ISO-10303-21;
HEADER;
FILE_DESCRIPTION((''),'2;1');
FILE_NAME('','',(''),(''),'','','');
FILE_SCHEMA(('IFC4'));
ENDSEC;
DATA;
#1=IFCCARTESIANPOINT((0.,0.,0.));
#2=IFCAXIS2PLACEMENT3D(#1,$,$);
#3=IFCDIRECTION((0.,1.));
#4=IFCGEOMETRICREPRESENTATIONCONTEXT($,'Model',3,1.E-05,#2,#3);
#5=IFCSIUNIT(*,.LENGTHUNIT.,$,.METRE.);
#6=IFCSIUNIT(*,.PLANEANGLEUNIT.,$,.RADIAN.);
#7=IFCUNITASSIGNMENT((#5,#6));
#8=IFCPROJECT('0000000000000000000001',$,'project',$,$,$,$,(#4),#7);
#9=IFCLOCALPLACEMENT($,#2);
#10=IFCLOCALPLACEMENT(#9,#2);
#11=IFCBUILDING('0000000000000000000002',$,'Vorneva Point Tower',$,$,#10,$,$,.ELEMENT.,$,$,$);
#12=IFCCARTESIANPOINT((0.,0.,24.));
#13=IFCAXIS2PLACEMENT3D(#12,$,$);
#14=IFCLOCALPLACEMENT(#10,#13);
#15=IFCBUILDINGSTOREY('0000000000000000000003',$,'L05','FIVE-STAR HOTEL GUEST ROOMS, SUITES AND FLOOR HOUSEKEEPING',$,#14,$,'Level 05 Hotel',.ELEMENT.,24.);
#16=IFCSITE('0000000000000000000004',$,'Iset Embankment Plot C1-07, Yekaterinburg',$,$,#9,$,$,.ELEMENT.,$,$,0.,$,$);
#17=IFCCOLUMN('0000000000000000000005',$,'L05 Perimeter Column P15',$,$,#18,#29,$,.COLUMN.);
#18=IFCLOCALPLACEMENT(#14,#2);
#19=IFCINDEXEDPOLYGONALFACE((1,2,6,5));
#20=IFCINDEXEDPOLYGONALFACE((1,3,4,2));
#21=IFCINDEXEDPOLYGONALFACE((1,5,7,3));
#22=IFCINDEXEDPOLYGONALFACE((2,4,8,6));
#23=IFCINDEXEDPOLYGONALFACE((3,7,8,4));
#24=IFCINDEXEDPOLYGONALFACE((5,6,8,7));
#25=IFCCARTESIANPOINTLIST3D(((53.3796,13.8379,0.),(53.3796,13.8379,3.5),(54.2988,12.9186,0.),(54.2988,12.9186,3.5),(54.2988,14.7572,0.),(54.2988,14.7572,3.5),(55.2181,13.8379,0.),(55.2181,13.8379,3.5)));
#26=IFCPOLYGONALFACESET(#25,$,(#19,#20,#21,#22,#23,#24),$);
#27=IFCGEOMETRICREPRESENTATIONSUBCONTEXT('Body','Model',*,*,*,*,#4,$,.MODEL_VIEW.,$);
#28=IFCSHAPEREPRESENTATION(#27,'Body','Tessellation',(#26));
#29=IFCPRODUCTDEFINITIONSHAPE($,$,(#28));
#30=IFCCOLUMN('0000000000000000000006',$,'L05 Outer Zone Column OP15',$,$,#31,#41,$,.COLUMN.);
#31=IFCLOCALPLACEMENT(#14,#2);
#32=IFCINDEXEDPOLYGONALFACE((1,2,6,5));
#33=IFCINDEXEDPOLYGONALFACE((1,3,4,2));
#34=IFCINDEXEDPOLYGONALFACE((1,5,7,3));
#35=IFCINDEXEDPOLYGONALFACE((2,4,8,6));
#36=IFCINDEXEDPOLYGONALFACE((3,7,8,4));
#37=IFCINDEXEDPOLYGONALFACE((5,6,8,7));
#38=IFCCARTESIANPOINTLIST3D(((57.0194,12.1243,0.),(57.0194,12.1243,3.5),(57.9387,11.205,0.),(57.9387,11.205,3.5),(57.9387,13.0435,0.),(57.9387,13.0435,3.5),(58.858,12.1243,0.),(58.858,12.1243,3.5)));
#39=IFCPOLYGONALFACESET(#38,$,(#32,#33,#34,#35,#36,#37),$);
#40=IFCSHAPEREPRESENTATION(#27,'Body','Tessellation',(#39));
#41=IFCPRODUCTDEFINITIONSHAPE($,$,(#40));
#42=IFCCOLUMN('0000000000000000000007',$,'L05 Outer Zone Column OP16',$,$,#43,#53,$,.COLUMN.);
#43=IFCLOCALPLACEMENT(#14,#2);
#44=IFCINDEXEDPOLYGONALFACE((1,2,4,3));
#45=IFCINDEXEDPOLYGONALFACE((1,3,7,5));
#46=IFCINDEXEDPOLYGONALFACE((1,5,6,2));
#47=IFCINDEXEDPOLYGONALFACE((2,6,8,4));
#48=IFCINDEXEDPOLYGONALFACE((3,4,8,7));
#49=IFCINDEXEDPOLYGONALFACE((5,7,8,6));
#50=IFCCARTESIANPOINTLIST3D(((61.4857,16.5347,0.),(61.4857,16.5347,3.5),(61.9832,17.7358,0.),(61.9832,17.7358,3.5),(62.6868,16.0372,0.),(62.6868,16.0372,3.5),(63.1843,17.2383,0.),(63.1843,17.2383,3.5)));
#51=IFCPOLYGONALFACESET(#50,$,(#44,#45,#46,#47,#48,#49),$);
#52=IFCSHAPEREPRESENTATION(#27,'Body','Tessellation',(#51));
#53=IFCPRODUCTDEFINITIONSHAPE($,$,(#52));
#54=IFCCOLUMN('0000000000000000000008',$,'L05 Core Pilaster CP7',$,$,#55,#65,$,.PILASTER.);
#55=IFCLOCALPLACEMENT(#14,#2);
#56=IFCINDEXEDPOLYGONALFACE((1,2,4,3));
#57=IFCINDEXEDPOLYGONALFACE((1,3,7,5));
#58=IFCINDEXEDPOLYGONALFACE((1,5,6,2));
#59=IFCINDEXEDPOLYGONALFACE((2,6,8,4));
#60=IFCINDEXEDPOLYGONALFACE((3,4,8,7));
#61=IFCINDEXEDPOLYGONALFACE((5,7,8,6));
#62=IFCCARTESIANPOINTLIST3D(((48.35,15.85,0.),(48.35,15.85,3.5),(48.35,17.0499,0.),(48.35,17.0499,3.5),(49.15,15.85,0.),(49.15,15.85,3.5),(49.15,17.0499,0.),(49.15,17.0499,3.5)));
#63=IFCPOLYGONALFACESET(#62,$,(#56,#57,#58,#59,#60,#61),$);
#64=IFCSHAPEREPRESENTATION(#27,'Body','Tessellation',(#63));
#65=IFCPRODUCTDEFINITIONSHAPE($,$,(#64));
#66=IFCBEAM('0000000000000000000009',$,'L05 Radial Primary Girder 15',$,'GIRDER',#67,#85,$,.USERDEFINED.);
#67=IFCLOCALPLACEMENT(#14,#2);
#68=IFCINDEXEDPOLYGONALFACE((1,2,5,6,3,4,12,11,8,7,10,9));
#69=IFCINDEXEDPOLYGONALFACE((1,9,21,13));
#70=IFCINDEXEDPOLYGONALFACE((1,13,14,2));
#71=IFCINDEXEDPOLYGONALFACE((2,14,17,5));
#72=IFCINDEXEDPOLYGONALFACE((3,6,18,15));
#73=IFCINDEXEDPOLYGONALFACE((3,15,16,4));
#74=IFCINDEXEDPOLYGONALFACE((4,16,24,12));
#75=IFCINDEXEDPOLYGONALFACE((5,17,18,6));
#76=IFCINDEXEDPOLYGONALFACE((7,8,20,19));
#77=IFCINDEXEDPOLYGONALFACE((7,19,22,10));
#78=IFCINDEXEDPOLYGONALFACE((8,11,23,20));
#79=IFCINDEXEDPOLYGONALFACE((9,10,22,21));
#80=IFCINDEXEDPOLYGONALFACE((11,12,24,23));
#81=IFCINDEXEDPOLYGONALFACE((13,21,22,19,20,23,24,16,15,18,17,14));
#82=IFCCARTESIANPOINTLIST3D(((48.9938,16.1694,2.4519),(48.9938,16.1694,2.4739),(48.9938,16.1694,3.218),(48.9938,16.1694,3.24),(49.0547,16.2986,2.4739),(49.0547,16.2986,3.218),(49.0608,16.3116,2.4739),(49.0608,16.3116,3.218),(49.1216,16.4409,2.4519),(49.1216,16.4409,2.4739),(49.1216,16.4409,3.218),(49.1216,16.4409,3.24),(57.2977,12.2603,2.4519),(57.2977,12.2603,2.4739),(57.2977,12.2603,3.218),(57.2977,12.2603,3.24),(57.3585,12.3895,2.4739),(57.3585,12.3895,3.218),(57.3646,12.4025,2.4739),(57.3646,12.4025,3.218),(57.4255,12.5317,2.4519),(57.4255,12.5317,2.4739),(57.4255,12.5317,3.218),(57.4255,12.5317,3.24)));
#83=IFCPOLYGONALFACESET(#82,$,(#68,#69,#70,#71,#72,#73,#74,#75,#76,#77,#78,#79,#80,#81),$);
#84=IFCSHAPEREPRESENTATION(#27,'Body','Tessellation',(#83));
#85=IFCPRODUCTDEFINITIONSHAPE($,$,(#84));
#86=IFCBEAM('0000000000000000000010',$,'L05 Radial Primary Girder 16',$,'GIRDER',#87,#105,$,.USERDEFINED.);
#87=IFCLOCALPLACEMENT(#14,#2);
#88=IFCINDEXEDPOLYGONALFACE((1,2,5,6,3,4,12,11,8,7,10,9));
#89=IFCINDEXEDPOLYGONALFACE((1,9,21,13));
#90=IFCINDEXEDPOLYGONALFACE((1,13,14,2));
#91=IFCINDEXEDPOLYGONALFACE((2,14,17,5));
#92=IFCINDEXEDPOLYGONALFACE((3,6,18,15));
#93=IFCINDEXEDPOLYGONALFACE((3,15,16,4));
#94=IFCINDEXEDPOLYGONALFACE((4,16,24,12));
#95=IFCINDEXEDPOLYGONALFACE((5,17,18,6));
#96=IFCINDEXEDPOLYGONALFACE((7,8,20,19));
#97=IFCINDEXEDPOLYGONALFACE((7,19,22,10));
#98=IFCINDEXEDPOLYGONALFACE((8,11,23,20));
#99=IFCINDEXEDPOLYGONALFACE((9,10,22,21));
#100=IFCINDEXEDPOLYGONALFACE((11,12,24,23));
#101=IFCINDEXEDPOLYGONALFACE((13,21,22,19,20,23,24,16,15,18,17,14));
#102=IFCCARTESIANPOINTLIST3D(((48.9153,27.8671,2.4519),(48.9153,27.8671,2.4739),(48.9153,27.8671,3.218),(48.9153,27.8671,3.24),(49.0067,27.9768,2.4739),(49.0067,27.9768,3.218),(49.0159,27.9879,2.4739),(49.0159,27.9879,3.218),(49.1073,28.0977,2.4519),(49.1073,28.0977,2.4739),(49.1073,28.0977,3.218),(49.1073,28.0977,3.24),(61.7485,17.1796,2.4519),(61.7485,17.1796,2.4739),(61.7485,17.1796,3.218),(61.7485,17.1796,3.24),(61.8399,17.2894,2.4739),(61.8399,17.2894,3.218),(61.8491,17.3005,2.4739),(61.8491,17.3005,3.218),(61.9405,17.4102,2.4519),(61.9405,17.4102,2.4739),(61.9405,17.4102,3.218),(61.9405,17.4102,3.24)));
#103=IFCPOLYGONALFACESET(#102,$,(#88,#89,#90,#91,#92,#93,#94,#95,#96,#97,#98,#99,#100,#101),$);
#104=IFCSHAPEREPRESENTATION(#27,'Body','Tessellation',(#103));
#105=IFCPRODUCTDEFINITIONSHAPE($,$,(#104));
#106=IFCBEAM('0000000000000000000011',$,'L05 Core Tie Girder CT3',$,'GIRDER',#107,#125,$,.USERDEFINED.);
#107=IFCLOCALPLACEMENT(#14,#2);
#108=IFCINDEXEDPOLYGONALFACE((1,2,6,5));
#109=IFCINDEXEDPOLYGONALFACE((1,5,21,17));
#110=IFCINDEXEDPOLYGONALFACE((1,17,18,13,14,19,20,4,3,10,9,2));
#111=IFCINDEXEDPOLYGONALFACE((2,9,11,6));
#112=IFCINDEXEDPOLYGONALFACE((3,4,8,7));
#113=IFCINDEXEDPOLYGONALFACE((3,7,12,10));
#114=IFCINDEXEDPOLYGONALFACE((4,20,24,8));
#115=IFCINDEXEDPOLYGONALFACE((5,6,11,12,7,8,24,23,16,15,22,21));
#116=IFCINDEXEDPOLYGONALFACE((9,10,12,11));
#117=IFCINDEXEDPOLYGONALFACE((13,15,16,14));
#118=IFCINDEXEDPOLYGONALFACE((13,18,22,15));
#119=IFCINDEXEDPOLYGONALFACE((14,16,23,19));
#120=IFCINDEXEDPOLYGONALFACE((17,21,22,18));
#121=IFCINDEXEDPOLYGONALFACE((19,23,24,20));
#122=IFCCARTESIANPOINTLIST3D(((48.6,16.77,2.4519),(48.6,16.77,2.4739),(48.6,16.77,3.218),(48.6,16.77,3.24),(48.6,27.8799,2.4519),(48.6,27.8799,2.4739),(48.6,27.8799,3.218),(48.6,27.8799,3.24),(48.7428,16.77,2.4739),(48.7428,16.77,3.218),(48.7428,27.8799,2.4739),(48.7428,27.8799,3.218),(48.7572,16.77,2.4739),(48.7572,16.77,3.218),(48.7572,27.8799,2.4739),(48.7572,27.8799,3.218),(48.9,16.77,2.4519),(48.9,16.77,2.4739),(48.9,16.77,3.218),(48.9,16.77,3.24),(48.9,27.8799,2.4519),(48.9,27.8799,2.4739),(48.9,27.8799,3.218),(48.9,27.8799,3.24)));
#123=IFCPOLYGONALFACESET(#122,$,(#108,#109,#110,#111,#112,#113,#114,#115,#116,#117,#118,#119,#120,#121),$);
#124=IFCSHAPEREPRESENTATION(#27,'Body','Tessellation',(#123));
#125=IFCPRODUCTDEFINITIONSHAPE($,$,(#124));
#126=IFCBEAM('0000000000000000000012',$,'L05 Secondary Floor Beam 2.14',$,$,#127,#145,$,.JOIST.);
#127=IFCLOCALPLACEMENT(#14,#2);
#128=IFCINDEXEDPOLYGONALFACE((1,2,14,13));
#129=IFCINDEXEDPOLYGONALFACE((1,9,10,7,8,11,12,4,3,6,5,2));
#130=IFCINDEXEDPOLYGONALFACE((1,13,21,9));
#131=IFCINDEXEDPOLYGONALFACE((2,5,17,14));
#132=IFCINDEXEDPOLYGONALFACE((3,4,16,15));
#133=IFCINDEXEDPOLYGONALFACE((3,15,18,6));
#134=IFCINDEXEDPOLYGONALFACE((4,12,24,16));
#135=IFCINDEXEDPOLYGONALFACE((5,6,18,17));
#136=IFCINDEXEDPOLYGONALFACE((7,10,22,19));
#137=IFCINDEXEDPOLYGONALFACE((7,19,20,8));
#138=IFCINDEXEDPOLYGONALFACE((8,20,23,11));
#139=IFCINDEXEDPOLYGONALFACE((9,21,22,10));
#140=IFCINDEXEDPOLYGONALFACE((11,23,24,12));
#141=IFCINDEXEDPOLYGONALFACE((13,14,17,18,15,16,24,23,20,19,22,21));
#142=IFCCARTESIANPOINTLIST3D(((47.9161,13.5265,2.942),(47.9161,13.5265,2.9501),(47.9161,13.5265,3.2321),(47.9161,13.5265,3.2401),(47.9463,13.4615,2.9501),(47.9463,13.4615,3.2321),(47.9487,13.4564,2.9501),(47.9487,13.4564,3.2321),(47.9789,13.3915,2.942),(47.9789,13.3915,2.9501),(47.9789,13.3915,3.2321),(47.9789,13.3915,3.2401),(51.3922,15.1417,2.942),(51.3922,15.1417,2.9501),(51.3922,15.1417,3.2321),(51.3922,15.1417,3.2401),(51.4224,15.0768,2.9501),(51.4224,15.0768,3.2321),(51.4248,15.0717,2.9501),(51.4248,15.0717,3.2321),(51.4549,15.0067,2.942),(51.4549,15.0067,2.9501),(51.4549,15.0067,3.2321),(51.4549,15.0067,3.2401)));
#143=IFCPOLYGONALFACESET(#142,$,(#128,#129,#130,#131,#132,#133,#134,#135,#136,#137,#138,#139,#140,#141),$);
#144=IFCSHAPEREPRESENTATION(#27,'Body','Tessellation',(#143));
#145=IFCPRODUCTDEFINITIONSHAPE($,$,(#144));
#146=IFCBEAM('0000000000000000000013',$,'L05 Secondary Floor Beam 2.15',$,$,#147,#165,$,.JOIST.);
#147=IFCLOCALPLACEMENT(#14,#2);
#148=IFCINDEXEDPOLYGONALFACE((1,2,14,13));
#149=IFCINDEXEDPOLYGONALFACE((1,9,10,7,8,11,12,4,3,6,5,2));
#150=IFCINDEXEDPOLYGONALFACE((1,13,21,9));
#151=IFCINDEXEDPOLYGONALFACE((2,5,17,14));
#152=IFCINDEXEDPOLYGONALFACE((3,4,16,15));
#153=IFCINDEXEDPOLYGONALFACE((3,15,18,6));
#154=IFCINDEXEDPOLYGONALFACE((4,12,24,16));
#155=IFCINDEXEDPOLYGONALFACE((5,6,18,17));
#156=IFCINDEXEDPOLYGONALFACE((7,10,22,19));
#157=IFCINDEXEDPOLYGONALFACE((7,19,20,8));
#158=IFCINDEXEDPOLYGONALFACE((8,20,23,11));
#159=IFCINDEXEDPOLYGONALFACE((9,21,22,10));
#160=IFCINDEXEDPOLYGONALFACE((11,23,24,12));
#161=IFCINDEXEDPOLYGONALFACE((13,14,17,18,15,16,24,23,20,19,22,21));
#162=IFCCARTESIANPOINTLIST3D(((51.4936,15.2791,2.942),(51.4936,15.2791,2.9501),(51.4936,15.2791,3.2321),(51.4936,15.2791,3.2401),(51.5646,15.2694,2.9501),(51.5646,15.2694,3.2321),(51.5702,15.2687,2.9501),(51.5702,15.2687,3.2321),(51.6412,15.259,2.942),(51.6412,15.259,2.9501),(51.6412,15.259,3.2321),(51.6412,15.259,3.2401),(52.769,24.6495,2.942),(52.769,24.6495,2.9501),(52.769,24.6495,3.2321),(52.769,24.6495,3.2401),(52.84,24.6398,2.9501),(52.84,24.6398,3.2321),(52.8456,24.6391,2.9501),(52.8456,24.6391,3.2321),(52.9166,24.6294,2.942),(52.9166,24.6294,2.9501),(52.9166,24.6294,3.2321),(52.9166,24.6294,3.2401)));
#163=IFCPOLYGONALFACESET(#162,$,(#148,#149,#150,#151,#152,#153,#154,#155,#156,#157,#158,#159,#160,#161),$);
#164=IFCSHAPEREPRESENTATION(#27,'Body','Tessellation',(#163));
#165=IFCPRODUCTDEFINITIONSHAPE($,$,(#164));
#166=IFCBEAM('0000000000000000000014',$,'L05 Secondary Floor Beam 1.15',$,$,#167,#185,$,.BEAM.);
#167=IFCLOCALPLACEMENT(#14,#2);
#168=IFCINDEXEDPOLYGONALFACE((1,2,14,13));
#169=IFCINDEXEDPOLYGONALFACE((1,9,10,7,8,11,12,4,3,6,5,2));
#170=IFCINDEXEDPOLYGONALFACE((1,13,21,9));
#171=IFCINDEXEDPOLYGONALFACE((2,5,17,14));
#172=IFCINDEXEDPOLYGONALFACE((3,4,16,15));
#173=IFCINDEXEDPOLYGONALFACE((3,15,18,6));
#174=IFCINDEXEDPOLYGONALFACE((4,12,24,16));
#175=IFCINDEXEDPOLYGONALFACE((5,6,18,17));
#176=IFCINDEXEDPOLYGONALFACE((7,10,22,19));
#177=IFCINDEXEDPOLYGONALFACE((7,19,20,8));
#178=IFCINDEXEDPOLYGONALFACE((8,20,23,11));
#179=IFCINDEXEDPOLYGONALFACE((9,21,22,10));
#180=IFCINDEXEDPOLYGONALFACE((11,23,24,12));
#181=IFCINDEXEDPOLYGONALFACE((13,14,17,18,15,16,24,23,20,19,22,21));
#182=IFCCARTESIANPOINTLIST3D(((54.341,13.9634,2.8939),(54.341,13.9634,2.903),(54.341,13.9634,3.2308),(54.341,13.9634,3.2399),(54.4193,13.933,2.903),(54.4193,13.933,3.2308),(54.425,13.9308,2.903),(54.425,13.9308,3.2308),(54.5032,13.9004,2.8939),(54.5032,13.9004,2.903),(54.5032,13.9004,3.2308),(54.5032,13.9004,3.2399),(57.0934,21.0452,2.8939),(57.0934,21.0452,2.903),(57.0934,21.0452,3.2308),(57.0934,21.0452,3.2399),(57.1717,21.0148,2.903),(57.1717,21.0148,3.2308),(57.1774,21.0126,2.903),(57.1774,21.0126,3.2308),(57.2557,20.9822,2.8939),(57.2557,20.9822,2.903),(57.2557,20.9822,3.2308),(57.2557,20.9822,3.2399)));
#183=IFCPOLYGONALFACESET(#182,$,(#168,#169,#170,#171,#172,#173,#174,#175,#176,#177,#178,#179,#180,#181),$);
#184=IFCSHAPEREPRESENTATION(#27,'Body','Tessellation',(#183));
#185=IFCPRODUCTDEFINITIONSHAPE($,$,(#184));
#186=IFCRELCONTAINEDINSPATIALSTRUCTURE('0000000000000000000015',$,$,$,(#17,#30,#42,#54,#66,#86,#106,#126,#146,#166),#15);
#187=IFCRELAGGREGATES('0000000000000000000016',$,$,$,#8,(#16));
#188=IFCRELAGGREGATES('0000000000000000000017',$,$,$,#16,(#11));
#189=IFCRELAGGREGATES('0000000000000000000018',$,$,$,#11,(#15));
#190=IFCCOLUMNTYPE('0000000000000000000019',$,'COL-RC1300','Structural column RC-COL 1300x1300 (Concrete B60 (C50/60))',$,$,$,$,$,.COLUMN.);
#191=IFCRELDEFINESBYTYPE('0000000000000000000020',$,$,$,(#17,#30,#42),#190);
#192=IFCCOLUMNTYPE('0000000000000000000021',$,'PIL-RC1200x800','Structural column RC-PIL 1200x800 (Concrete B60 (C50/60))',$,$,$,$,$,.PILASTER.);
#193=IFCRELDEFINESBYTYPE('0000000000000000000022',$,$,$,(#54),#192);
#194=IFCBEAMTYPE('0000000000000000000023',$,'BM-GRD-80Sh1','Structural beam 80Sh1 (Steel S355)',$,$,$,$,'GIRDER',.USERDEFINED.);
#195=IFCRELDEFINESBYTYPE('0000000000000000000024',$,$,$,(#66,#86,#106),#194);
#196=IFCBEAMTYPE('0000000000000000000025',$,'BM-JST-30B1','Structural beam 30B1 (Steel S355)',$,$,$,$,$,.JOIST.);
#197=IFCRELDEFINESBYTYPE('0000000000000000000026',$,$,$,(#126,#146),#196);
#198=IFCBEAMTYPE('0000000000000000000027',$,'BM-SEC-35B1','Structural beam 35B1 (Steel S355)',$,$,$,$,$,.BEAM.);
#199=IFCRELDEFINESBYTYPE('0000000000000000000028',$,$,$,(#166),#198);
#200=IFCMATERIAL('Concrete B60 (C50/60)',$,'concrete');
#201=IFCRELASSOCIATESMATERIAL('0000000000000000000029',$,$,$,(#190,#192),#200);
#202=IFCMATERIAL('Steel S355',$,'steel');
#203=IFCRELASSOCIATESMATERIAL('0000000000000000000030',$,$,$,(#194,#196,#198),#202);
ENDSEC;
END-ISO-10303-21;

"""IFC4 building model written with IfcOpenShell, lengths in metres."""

from ifc_helpers import new_model, si_unit, direction, frame, origin, origin_2d, place, context, subcontext, project, spatial, rectangle, i_section, extrude, material, material_profile, profile_set, type_object, element, save


model = new_model("IFC4")

# Units and contexts
model_context = context("Model", 3, precision=1e-05, world=origin(), true_north=direction((0.0, 1.0)))
body_context = subcontext(model_context, "Body", "Model", "MODEL_VIEW")
ifc_project = project(units=[si_unit("LENGTHUNIT", "METRE"), si_unit("PLANEANGLEUNIT", "RADIAN")], contexts=[model_context])

# Site, building, storey
site_placement = place(None, origin())
site = spatial("IfcSite", under=ifc_project, at=site_placement, Name="Iset Embankment Plot C1-07, Yekaterinburg", CompositionType="ELEMENT", RefElevation=0.0)
building_placement = place(site_placement, origin())
building = spatial("IfcBuilding", under=site, at=building_placement, Name="Vorneva Point Tower", CompositionType="ELEMENT")
storey_placement = place(building_placement, frame((0.0, 0.0, 24.0)))
storey = spatial("IfcBuildingStorey", under=building, at=storey_placement, Name="L05", Description="FIVE-STAR HOTEL GUEST ROOMS, SUITES AND FLOOR HOUSEKEEPING", LongName="Level 05 Hotel", CompositionType="ELEMENT", Elevation=24.0)

# Columns
ifc_material_1 = material(Name="Concrete B60 (C50/60)", Category="concrete")
ifc_material_profile_1 = material_profile(ifc_material_1, rectangle(XDim=1.3, YDim=1.3, at=origin_2d()), Name="RC-COL 1300x1300")
ifc_profile_set_1 = profile_set([ifc_material_profile_1], Name="Concrete B60 (C50/60)")
column_type_1 = type_object("IfcColumnType", Name="COL-RC1300", Description="Structural column RC-COL 1300x1300 (Concrete B60 (C50/60))", PredefinedType="COLUMN", material=ifc_profile_set_1)
for number, where, z_axis, x_axis, name in (
    (1, (54.2988, 13.8379, 0.0), (0.0, 0.0, 1.0), (0.707107, -0.707107, 0.0), "L05 Perimeter Column P15"),
    (2, (57.9387, 12.1243, 0.0), (0.0, 0.0, 1.0), (0.707107, -0.707107, 0.0), "L05 Outer Zone Column OP15"),
    (3, (62.335, 16.8865, 0.0), (0.0, 0.0, 1.0), (0.92388, -0.382683, 0.0), "L05 Outer Zone Column OP16"),
):
    element("IfcColumn", number, at=place(storey_placement, frame(where, z_axis=z_axis, x_axis=x_axis)), inside=storey, type_object=column_type_1, Name=name, PredefinedType="COLUMN", context=body_context, shape_type="SweptSolid", body=[
        extrude(rectangle(XDim=1.3, YDim=1.3, at=origin_2d()), origin(), (0.0, 0.0, 1.0), 3.5),
    ])
ifc_material_profile_2 = material_profile(ifc_material_1, rectangle(XDim=0.8, YDim=1.2, at=origin_2d()), Name="RC-PIL 1200x800")
ifc_profile_set_2 = profile_set([ifc_material_profile_2], Name="Concrete B60 (C50/60)")
column_type_2 = type_object("IfcColumnType", Name="PIL-RC1200x800", Description="Structural column RC-PIL 1200x800 (Concrete B60 (C50/60))", PredefinedType="PILASTER", material=ifc_profile_set_2)
column_placement = place(storey_placement, frame((48.75, 16.45, 0.0), z_axis=(0.0, 0.0, 1.0), x_axis=(1.0, 0.0, 0.0)))
element("IfcColumn", 4, at=column_placement, inside=storey, type_object=column_type_2, Name="L05 Core Pilaster CP7", PredefinedType="PILASTER", context=body_context, shape_type="SweptSolid", body=[
    extrude(rectangle(XDim=0.8, YDim=1.2, at=origin_2d()), origin(), (0.0, 0.0, 1.0), 3.5),
])

# Beams
ifc_material_2 = material(Name="Steel S355", Category="steel")
ifc_material_profile_3 = material_profile(ifc_material_2, i_section(OverallWidth=0.3, OverallDepth=0.7881, WebThickness=0.0144, FlangeThickness=0.022, at=origin_2d()), Name="80Sh1")
ifc_profile_set_3 = profile_set([ifc_material_profile_3], Name="Steel S355")
beam_type_1 = type_object("IfcBeamType", Name="BM-GRD-80Sh1", Description="Structural beam 80Sh1 (Steel S355)", ElementType="GIRDER", PredefinedType="USERDEFINED", material=ifc_profile_set_3)
beam_1_placement = place(storey_placement, frame((57.3616, 12.396, 2.8459), z_axis=(-0.904758, 0.425925, 0.0), x_axis=(-0.425925, -0.904758, 0.0)))
element("IfcBeam", 5, at=beam_1_placement, inside=storey, type_object=beam_type_1, Name="L05 Radial Primary Girder 15", ObjectType="GIRDER", PredefinedType="USERDEFINED", context=body_context, shape_type="SweptSolid", body=[
    extrude(i_section(OverallWidth=0.3, OverallDepth=0.7881, WebThickness=0.0144, FlangeThickness=0.022, at=origin_2d()), origin(), (0.0, 0.0, 1.0), 9.178),
])
beam_2_placement = place(storey_placement, frame((61.8445, 17.2949, 2.8459), z_axis=(-0.768424, 0.639941, 0.0), x_axis=(-0.639941, -0.768424, 0.0)))
element("IfcBeam", 6, at=beam_2_placement, inside=storey, type_object=beam_type_1, Name="L05 Radial Primary Girder 16", ObjectType="GIRDER", PredefinedType="USERDEFINED", context=body_context, shape_type="SweptSolid", body=[
    extrude(i_section(OverallWidth=0.3, OverallDepth=0.7881, WebThickness=0.0144, FlangeThickness=0.022, at=origin_2d()), origin(), (0.0, 0.0, 1.0), 16.7007),
])
beam_3_placement = place(storey_placement, frame((48.75, 16.77, 2.8459), z_axis=(0.0, 1.0, 0.0), x_axis=(-1.0, 0.0, 0.0)))
element("IfcBeam", 7, at=beam_3_placement, inside=storey, type_object=beam_type_1, Name="L05 Core Tie Girder CT3", ObjectType="GIRDER", PredefinedType="USERDEFINED", context=body_context, shape_type="SweptSolid", body=[
    extrude(i_section(OverallWidth=0.3, OverallDepth=0.7881, WebThickness=0.0144, FlangeThickness=0.022, at=origin_2d()), origin(), (0.0, 0.0, 1.0), 11.1099),
])
ifc_material_profile_4 = material_profile(ifc_material_2, i_section(OverallWidth=0.1489, OverallDepth=0.2981, WebThickness=0.0056, FlangeThickness=0.0081, at=origin_2d()), Name="30B1")
ifc_profile_set_4 = profile_set([ifc_material_profile_4], Name="Steel S355")
beam_type_2 = type_object("IfcBeamType", Name="BM-JST-30B1", Description="Structural beam 30B1 (Steel S355)", PredefinedType="JOIST", material=ifc_profile_set_4)
beam_4_placement = place(storey_placement, frame((47.9475, 13.459, 3.0911), z_axis=(0.906875, 0.421399, 0.0), x_axis=(-0.421399, 0.906875, 0.0)))
element("IfcBeam", 8, at=beam_4_placement, inside=storey, type_object=beam_type_2, Name="L05 Secondary Floor Beam 2.14", PredefinedType="JOIST", context=body_context, shape_type="SweptSolid", body=[
    extrude(i_section(OverallWidth=0.1489, OverallDepth=0.2981, WebThickness=0.0056, FlangeThickness=0.0081, at=origin_2d()), origin(), (0.0, 0.0, 1.0), 3.833),
])
beam_5_placement = place(storey_placement, frame((51.5674, 15.269, 3.0911), z_axis=(0.134866, 0.990864, 0.0), x_axis=(-0.990864, 0.134866, 0.0)))
element("IfcBeam", 9, at=beam_5_placement, inside=storey, type_object=beam_type_2, Name="L05 Secondary Floor Beam 2.15", PredefinedType="JOIST", context=body_context, shape_type="SweptSolid", body=[
    extrude(i_section(OverallWidth=0.1489, OverallDepth=0.2981, WebThickness=0.0056, FlangeThickness=0.0081, at=origin_2d()), origin(), (0.0, 0.0, 1.0), 9.4568),
])
ifc_material_profile_5 = material_profile(ifc_material_2, i_section(OverallWidth=0.1741, OverallDepth=0.3459, WebThickness=0.0061, FlangeThickness=0.009, at=origin_2d()), Name="35B1")
ifc_profile_set_5 = profile_set([ifc_material_profile_5], Name="Steel S355")
beam_type_3 = type_object("IfcBeamType", Name="BM-SEC-35B1", Description="Structural beam 35B1 (Steel S355)", PredefinedType="BEAM", material=ifc_profile_set_5)
beam_6_placement = place(storey_placement, frame((54.4221, 13.9319, 3.0669), z_axis=(0.362265, 0.932075, 0.0), x_axis=(-0.932075, 0.362265, 0.0)))
element("IfcBeam", 10, at=beam_6_placement, inside=storey, type_object=beam_type_3, Name="L05 Secondary Floor Beam 1.15", PredefinedType="BEAM", context=body_context, shape_type="SweptSolid", body=[
    extrude(i_section(OverallWidth=0.1741, OverallDepth=0.3459, WebThickness=0.0061, FlangeThickness=0.009, at=origin_2d()), origin(), (0.0, 0.0, 1.0), 7.5979),
])

save(model, "model.ifc")
